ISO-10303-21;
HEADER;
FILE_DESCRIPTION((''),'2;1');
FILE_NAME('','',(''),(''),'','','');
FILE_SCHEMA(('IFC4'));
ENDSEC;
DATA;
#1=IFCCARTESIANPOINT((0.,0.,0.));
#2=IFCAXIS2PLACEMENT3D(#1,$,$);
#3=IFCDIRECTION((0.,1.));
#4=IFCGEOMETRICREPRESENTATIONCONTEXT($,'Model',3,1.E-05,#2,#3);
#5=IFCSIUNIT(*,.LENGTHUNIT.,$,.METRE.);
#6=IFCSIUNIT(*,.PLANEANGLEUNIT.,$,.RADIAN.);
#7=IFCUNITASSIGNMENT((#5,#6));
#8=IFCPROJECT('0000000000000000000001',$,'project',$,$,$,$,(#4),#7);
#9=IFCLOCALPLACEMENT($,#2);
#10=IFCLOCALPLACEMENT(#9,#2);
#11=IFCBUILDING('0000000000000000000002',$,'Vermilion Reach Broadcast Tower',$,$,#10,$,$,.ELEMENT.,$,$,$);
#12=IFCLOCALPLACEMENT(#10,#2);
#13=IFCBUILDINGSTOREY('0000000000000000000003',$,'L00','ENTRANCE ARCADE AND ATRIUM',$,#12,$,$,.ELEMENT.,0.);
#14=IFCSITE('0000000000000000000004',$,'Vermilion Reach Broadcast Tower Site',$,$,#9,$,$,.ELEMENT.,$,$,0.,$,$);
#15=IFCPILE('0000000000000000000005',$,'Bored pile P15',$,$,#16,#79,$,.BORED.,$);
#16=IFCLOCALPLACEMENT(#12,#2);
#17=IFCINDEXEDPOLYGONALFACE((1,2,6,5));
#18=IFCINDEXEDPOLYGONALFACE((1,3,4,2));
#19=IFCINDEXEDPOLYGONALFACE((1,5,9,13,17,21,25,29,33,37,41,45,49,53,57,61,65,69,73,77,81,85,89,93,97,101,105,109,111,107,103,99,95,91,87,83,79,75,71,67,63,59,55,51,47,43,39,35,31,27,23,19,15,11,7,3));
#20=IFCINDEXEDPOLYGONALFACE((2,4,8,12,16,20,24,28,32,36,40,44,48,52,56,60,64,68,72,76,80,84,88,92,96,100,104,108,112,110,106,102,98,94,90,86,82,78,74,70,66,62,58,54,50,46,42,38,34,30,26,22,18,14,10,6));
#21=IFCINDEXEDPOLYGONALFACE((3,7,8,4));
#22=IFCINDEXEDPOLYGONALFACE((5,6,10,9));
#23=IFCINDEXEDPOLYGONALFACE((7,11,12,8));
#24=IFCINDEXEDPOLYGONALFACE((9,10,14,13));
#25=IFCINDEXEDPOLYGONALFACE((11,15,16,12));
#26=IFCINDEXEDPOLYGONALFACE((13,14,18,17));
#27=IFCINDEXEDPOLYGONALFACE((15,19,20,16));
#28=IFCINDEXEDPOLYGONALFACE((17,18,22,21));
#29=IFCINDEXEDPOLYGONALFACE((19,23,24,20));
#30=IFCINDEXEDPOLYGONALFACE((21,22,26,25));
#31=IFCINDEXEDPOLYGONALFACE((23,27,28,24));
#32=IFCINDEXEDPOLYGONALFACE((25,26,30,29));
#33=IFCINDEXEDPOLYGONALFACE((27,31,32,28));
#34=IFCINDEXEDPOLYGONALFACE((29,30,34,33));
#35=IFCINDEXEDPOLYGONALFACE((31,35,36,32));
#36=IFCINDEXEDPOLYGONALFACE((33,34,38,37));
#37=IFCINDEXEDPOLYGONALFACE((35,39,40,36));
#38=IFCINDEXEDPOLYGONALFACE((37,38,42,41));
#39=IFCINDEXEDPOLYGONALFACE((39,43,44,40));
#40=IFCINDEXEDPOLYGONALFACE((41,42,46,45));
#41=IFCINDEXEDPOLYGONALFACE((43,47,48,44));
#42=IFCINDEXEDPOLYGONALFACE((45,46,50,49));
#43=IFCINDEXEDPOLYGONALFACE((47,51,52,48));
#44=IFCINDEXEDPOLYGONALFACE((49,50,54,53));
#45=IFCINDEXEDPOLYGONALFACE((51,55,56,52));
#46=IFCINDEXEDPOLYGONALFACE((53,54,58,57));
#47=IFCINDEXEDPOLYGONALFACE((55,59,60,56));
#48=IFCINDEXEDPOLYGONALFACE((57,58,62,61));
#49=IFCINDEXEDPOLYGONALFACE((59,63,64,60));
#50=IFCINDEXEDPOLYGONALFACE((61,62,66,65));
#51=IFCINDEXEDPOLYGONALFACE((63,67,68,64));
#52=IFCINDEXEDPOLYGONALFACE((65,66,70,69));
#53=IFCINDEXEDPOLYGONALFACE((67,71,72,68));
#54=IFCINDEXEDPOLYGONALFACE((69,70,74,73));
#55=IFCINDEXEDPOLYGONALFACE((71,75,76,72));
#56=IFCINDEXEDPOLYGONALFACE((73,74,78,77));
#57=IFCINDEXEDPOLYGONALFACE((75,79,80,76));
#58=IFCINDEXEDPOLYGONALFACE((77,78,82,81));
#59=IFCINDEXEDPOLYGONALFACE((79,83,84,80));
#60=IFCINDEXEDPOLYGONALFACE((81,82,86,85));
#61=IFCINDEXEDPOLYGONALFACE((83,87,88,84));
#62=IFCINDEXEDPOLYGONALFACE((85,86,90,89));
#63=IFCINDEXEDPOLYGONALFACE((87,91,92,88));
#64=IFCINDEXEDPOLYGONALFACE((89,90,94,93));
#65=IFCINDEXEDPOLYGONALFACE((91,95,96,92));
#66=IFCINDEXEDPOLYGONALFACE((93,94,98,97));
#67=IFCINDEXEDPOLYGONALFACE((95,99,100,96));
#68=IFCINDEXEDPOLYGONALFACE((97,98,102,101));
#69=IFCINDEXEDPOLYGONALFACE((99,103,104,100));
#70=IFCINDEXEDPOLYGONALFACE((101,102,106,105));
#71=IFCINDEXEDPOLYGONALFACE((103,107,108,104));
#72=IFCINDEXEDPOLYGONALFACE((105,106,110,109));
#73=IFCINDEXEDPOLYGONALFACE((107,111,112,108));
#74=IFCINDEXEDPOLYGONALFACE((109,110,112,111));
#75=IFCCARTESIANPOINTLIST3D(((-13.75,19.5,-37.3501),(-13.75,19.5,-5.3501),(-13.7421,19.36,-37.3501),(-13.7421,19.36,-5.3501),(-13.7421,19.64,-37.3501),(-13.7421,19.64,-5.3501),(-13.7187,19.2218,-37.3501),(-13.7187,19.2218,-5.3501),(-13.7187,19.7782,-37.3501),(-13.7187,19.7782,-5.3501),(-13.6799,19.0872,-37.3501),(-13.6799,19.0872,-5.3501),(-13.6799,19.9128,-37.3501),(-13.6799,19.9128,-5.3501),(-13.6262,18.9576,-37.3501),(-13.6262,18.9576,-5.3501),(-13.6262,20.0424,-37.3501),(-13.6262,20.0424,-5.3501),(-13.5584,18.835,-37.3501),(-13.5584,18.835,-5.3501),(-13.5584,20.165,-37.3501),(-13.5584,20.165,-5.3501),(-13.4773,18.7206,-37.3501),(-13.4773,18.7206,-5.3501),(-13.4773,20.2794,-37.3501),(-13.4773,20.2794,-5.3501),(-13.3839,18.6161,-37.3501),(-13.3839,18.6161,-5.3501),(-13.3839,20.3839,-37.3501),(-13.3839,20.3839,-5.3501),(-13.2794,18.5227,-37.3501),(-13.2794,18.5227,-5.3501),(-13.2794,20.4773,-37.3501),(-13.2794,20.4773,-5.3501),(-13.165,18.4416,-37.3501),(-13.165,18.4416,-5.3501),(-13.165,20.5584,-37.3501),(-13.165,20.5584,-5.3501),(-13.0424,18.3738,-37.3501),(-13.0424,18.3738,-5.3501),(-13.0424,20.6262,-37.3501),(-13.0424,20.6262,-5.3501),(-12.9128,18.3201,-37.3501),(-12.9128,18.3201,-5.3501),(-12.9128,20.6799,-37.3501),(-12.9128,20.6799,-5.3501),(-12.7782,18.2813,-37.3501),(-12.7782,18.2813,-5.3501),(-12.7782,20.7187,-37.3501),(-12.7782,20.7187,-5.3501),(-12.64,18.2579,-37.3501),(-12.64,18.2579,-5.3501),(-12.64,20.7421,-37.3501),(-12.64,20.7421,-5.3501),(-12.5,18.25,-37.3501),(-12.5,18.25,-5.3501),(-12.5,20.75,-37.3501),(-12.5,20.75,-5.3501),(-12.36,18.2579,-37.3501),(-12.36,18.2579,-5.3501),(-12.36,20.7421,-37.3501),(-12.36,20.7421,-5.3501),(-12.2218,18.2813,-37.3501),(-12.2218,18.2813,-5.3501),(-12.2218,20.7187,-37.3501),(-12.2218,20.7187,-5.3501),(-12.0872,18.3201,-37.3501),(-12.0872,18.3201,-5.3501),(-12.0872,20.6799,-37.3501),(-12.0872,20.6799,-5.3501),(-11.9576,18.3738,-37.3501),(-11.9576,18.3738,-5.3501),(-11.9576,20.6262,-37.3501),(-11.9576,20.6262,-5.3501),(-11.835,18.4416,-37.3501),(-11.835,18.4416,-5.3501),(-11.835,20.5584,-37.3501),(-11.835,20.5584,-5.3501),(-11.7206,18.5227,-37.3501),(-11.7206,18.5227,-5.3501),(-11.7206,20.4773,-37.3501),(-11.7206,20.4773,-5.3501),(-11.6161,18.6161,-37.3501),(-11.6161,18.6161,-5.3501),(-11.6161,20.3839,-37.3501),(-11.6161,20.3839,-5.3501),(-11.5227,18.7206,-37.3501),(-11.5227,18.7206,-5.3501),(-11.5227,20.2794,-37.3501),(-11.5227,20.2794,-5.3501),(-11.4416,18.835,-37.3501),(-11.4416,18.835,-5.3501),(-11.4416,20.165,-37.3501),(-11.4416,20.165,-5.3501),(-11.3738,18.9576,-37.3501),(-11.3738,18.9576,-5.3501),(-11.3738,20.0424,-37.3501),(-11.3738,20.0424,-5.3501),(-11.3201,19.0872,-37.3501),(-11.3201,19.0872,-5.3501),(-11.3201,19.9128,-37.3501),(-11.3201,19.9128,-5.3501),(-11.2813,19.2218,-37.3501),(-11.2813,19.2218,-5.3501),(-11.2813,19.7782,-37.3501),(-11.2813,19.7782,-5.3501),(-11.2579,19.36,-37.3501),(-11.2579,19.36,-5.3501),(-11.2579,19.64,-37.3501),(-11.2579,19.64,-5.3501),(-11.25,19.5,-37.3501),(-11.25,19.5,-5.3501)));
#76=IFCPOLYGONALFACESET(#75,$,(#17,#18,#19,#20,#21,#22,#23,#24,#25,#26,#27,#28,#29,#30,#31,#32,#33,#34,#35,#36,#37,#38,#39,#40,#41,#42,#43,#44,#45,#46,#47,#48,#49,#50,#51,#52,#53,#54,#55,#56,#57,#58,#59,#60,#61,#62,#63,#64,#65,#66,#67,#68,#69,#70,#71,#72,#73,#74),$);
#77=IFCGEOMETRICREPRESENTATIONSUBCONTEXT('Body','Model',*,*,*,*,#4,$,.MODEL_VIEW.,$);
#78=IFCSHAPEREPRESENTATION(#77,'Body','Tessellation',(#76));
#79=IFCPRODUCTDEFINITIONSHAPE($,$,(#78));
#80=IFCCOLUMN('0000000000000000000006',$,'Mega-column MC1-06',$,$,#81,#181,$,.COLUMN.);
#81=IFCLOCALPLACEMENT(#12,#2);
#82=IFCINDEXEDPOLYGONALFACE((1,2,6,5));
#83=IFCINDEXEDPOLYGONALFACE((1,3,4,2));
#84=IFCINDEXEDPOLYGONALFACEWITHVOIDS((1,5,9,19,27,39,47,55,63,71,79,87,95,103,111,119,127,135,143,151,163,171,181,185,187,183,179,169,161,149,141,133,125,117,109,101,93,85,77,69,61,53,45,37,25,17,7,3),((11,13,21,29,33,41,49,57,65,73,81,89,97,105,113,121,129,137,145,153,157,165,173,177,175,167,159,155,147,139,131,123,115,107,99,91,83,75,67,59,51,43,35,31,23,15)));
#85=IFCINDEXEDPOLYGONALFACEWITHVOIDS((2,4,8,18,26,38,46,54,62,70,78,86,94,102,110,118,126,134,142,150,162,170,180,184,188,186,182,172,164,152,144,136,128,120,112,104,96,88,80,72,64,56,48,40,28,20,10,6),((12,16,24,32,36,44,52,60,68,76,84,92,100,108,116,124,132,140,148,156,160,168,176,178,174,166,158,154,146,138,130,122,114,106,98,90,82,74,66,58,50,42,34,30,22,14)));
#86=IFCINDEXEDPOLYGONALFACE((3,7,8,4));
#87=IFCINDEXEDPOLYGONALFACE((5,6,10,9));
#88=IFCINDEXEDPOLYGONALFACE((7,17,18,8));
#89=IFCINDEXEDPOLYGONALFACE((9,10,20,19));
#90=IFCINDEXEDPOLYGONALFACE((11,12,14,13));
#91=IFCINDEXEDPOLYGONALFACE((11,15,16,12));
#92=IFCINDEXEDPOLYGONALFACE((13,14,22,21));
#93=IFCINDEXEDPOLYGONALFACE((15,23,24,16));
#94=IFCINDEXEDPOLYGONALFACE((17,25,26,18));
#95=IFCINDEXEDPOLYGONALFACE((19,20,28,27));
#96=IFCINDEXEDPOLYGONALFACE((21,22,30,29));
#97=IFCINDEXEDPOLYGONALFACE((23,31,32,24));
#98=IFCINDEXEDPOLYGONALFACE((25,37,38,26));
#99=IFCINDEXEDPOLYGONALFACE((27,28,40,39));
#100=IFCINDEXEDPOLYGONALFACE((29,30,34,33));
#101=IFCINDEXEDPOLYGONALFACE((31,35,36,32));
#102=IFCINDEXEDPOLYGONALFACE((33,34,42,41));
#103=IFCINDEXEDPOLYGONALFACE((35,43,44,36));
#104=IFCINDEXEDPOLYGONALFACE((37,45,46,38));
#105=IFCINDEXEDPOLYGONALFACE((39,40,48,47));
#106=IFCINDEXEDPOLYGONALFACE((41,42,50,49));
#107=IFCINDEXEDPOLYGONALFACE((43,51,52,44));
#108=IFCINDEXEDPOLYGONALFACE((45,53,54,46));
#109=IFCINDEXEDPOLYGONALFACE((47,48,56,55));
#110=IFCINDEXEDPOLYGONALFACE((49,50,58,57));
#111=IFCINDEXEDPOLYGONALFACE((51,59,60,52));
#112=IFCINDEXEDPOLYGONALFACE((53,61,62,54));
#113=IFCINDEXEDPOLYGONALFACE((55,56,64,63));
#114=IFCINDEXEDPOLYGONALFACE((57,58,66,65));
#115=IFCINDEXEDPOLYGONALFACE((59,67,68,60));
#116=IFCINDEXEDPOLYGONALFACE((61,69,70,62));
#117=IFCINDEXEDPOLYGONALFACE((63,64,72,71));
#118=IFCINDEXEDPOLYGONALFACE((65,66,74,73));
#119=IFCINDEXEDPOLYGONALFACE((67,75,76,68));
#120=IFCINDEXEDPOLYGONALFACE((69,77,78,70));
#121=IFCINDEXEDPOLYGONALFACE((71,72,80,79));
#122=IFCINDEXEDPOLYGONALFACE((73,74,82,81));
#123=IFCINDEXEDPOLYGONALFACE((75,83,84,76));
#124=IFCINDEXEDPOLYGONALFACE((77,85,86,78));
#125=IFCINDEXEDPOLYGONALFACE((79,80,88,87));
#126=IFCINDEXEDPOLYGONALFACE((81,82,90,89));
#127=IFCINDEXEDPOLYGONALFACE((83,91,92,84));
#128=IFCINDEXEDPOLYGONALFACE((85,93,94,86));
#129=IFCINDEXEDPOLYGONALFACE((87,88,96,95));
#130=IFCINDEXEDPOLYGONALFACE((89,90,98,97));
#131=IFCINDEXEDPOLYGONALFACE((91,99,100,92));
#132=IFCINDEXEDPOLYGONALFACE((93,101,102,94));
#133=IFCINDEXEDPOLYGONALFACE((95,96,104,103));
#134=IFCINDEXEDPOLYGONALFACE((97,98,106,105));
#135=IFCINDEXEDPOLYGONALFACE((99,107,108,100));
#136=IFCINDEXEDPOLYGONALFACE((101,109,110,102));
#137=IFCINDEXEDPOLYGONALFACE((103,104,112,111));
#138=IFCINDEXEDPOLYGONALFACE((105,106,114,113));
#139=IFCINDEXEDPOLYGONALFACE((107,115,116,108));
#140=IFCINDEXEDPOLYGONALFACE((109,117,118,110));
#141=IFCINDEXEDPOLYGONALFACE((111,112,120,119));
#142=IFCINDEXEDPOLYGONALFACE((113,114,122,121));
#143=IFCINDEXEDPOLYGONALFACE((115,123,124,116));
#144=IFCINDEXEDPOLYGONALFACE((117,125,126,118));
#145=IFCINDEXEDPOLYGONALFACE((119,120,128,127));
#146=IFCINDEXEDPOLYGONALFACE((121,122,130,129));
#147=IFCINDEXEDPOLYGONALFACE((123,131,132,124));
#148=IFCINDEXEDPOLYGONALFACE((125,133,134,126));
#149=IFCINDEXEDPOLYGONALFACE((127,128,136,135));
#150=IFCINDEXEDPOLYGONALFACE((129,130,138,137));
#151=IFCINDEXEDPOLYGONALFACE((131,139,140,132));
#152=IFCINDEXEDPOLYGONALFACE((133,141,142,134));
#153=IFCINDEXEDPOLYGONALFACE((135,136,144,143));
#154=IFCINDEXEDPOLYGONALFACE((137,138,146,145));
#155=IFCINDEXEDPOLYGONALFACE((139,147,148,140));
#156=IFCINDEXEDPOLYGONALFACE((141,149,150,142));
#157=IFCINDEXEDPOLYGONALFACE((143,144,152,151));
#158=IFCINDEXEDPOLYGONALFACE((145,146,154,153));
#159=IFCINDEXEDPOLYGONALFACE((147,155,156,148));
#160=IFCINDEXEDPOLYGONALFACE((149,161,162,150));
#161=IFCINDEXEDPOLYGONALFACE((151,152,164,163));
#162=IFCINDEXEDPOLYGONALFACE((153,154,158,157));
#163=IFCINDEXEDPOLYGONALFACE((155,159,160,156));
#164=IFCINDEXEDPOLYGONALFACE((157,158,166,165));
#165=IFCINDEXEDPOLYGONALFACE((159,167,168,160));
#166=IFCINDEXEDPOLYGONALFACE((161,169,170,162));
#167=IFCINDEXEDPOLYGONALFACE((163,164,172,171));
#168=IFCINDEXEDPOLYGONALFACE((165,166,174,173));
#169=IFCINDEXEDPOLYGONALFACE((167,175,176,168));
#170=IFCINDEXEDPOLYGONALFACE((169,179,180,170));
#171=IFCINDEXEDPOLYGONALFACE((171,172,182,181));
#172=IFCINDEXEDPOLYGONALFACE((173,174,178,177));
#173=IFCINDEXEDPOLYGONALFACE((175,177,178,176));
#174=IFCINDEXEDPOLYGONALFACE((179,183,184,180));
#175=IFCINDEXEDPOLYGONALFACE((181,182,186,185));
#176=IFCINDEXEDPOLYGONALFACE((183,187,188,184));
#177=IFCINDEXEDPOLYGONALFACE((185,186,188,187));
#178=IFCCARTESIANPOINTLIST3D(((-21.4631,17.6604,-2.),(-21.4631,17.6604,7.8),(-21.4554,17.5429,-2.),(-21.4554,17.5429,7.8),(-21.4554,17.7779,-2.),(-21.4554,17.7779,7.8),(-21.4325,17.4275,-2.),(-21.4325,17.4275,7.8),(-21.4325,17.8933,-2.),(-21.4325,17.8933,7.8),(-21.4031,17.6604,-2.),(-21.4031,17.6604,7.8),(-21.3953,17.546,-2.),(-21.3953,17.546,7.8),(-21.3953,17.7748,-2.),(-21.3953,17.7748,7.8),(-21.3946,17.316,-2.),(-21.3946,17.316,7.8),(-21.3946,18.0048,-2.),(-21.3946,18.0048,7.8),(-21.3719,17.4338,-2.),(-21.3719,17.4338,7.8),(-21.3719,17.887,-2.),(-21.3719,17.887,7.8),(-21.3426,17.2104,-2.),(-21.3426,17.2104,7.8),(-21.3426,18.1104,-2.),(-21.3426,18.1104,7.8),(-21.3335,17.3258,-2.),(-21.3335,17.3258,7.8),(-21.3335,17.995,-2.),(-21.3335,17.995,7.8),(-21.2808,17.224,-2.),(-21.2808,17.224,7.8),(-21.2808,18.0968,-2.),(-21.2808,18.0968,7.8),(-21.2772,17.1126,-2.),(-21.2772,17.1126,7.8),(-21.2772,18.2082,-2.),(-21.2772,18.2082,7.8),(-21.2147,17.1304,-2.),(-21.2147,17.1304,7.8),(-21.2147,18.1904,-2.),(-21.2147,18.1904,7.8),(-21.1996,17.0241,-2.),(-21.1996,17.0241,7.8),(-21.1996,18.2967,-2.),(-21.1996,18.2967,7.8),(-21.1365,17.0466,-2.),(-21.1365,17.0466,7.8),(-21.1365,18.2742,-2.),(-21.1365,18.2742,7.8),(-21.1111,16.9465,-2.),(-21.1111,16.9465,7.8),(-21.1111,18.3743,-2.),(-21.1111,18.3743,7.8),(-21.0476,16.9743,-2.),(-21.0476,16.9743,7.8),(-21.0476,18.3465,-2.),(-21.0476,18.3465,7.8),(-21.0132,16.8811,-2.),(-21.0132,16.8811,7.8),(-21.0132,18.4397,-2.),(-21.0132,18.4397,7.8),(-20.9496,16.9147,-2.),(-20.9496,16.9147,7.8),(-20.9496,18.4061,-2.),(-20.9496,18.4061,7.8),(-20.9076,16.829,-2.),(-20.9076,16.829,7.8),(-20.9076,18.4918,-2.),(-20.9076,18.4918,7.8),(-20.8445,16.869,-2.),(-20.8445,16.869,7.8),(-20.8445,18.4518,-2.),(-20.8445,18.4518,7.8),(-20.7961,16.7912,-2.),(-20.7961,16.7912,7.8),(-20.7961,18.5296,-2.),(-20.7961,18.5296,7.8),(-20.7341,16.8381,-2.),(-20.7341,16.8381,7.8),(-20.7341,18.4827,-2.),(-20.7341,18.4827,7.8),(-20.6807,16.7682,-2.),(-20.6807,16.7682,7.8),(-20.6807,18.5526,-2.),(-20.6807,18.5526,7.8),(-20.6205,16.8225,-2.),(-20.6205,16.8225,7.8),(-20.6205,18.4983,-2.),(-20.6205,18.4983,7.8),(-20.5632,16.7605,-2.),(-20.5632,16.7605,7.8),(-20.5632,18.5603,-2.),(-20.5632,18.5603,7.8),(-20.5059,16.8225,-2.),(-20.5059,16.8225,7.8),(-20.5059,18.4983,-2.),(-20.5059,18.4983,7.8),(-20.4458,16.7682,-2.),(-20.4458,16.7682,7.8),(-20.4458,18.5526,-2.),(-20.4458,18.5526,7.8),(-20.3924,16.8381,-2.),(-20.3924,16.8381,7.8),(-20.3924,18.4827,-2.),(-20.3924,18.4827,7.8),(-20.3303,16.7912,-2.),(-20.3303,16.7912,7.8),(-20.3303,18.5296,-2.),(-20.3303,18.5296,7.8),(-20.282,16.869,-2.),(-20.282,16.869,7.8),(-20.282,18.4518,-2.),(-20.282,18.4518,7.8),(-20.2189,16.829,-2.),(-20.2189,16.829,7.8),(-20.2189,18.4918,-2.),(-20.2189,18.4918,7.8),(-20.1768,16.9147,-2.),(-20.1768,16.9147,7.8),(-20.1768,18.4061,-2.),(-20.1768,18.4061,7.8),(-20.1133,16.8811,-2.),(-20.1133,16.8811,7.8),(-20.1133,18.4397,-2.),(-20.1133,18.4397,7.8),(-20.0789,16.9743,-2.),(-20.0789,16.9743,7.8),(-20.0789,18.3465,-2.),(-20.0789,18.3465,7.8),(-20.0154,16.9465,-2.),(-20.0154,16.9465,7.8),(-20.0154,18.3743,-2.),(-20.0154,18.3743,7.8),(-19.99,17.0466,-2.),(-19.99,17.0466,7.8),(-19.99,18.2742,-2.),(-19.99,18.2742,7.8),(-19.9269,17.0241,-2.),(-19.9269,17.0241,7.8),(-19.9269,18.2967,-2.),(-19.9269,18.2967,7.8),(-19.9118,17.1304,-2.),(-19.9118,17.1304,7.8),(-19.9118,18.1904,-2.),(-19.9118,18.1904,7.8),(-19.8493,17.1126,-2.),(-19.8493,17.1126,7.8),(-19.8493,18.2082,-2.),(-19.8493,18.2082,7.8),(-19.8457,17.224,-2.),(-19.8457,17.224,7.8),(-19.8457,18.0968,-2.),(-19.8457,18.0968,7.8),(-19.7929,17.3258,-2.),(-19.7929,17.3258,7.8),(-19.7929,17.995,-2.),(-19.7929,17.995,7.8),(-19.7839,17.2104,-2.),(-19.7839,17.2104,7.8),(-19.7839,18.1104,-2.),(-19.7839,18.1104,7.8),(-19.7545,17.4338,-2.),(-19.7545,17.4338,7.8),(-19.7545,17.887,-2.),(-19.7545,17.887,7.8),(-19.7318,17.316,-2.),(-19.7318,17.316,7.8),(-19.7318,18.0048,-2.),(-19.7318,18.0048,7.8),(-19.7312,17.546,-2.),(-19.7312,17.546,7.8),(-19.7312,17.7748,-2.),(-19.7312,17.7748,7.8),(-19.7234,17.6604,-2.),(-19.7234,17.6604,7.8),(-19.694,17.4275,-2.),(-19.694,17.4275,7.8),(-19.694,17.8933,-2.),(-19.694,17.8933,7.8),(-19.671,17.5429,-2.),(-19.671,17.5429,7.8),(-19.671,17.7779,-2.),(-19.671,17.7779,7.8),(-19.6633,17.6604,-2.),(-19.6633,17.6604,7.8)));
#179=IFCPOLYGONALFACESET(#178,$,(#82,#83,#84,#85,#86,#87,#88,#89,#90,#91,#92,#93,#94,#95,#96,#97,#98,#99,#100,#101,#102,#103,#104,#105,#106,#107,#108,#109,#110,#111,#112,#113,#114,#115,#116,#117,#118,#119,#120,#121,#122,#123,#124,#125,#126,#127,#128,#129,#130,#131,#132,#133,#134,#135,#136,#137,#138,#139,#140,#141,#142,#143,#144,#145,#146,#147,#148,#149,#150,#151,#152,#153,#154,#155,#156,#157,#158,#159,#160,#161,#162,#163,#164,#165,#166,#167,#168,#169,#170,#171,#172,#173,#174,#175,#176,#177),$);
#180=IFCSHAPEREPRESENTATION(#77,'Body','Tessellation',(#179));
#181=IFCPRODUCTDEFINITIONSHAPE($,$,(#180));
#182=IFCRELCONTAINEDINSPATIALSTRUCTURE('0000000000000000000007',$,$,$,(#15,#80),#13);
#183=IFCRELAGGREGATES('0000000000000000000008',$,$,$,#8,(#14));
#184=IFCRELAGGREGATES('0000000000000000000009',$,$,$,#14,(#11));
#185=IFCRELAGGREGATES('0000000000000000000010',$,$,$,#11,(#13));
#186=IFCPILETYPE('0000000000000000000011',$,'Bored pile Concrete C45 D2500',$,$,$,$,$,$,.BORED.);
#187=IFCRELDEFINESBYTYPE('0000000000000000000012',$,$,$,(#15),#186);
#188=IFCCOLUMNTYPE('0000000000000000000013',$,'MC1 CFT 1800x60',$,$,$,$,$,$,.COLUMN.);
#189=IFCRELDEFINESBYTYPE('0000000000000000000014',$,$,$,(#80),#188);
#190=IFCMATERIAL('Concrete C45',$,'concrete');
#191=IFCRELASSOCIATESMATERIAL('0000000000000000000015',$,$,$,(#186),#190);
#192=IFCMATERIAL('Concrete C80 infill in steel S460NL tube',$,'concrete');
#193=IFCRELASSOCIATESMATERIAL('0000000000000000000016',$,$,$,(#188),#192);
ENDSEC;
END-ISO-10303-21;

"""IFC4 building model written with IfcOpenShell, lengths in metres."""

from ifc_helpers import new_model, si_unit, direction, frame, origin, origin_2d, place, context, subcontext, project, spatial, circle, hollow_circle, extrude, material, material_profile, profile_set, type_object, element, save


model = new_model("IFC4")

# Units and contexts
model_context = context("Model", 3, precision=1e-05, world=origin(), true_north=direction((0.0, 1.0)))
body_context = subcontext(model_context, "Body", "Model", "MODEL_VIEW")
ifc_project = project(units=[si_unit("LENGTHUNIT", "METRE"), si_unit("PLANEANGLEUNIT", "RADIAN")], contexts=[model_context])

# Site, building, storey
site_placement = place(None, origin())
site = spatial("IfcSite", under=ifc_project, at=site_placement, Name="Vermilion Reach Broadcast Tower Site", CompositionType="ELEMENT", RefElevation=0.0)
building_placement = place(site_placement, origin())
building = spatial("IfcBuilding", under=site, at=building_placement, Name="Vermilion Reach Broadcast Tower", CompositionType="ELEMENT")
storey_placement = place(building_placement, origin())
storey = spatial("IfcBuildingStorey", under=building, at=storey_placement, Name="L00", Description="ENTRANCE ARCADE AND ATRIUM", CompositionType="ELEMENT", Elevation=0.0)

# Pile
ifc_material_1 = material(Name="Concrete C45", Category="concrete")
ifc_material_profile_1 = material_profile(ifc_material_1, circle(Radius=1.25, at=origin_2d()), Name="Concrete C45 D2500")
ifc_profile_set_1 = profile_set([ifc_material_profile_1], Name="Concrete C45")
pile_type = type_object("IfcPileType", Name="Bored pile Concrete C45 D2500", PredefinedType="BORED", material=ifc_profile_set_1)
for number, where, z_axis, x_axis, name in (
    (1, (-12.5, 19.5, -5.3501), (0.0, 0.0, -1.0), (1.0, 0.0, 0.0), "Bored pile P15"),
):
    element("IfcPile", number, at=place(storey_placement, frame(where, z_axis=z_axis, x_axis=x_axis)), inside=storey, type_object=pile_type, Name=name, PredefinedType="BORED", context=body_context, shape_type="SweptSolid", body=[
        extrude(circle(Radius=1.25, at=origin_2d()), origin(), (0.0, 0.0, 1.0), 32.0),
    ])

# Column
ifc_material_2 = material(Name="Concrete C80 infill in steel S460NL tube", Category="concrete")
ifc_material_profile_2 = material_profile(ifc_material_2, hollow_circle(Radius=0.8999, WallThickness=0.0601, at=origin_2d()), Name="Concrete C80 infill in steel S460NL tube CFT 1800x60")
ifc_profile_set_2 = profile_set([ifc_material_profile_2], Name="Concrete C80 infill in steel S460NL tube")
column_type = type_object("IfcColumnType", Name="MC1 CFT 1800x60", PredefinedType="COLUMN", material=ifc_profile_set_2)
column_placement = place(storey_placement, frame((-20.5632, 17.6604, -2.0), z_axis=(0.0, 0.0, 1.0), x_axis=(1.0, 0.0, 0.0)))
element("IfcColumn", 2, at=column_placement, inside=storey, type_object=column_type, Name="Mega-column MC1-06", PredefinedType="COLUMN", context=body_context, shape_type="SweptSolid", body=[
    extrude(hollow_circle(Radius=0.8999, WallThickness=0.0601, at=origin_2d()), origin(), (0.0, 0.0, 1.0), 9.8),
])

save(model, "model.ifc")
